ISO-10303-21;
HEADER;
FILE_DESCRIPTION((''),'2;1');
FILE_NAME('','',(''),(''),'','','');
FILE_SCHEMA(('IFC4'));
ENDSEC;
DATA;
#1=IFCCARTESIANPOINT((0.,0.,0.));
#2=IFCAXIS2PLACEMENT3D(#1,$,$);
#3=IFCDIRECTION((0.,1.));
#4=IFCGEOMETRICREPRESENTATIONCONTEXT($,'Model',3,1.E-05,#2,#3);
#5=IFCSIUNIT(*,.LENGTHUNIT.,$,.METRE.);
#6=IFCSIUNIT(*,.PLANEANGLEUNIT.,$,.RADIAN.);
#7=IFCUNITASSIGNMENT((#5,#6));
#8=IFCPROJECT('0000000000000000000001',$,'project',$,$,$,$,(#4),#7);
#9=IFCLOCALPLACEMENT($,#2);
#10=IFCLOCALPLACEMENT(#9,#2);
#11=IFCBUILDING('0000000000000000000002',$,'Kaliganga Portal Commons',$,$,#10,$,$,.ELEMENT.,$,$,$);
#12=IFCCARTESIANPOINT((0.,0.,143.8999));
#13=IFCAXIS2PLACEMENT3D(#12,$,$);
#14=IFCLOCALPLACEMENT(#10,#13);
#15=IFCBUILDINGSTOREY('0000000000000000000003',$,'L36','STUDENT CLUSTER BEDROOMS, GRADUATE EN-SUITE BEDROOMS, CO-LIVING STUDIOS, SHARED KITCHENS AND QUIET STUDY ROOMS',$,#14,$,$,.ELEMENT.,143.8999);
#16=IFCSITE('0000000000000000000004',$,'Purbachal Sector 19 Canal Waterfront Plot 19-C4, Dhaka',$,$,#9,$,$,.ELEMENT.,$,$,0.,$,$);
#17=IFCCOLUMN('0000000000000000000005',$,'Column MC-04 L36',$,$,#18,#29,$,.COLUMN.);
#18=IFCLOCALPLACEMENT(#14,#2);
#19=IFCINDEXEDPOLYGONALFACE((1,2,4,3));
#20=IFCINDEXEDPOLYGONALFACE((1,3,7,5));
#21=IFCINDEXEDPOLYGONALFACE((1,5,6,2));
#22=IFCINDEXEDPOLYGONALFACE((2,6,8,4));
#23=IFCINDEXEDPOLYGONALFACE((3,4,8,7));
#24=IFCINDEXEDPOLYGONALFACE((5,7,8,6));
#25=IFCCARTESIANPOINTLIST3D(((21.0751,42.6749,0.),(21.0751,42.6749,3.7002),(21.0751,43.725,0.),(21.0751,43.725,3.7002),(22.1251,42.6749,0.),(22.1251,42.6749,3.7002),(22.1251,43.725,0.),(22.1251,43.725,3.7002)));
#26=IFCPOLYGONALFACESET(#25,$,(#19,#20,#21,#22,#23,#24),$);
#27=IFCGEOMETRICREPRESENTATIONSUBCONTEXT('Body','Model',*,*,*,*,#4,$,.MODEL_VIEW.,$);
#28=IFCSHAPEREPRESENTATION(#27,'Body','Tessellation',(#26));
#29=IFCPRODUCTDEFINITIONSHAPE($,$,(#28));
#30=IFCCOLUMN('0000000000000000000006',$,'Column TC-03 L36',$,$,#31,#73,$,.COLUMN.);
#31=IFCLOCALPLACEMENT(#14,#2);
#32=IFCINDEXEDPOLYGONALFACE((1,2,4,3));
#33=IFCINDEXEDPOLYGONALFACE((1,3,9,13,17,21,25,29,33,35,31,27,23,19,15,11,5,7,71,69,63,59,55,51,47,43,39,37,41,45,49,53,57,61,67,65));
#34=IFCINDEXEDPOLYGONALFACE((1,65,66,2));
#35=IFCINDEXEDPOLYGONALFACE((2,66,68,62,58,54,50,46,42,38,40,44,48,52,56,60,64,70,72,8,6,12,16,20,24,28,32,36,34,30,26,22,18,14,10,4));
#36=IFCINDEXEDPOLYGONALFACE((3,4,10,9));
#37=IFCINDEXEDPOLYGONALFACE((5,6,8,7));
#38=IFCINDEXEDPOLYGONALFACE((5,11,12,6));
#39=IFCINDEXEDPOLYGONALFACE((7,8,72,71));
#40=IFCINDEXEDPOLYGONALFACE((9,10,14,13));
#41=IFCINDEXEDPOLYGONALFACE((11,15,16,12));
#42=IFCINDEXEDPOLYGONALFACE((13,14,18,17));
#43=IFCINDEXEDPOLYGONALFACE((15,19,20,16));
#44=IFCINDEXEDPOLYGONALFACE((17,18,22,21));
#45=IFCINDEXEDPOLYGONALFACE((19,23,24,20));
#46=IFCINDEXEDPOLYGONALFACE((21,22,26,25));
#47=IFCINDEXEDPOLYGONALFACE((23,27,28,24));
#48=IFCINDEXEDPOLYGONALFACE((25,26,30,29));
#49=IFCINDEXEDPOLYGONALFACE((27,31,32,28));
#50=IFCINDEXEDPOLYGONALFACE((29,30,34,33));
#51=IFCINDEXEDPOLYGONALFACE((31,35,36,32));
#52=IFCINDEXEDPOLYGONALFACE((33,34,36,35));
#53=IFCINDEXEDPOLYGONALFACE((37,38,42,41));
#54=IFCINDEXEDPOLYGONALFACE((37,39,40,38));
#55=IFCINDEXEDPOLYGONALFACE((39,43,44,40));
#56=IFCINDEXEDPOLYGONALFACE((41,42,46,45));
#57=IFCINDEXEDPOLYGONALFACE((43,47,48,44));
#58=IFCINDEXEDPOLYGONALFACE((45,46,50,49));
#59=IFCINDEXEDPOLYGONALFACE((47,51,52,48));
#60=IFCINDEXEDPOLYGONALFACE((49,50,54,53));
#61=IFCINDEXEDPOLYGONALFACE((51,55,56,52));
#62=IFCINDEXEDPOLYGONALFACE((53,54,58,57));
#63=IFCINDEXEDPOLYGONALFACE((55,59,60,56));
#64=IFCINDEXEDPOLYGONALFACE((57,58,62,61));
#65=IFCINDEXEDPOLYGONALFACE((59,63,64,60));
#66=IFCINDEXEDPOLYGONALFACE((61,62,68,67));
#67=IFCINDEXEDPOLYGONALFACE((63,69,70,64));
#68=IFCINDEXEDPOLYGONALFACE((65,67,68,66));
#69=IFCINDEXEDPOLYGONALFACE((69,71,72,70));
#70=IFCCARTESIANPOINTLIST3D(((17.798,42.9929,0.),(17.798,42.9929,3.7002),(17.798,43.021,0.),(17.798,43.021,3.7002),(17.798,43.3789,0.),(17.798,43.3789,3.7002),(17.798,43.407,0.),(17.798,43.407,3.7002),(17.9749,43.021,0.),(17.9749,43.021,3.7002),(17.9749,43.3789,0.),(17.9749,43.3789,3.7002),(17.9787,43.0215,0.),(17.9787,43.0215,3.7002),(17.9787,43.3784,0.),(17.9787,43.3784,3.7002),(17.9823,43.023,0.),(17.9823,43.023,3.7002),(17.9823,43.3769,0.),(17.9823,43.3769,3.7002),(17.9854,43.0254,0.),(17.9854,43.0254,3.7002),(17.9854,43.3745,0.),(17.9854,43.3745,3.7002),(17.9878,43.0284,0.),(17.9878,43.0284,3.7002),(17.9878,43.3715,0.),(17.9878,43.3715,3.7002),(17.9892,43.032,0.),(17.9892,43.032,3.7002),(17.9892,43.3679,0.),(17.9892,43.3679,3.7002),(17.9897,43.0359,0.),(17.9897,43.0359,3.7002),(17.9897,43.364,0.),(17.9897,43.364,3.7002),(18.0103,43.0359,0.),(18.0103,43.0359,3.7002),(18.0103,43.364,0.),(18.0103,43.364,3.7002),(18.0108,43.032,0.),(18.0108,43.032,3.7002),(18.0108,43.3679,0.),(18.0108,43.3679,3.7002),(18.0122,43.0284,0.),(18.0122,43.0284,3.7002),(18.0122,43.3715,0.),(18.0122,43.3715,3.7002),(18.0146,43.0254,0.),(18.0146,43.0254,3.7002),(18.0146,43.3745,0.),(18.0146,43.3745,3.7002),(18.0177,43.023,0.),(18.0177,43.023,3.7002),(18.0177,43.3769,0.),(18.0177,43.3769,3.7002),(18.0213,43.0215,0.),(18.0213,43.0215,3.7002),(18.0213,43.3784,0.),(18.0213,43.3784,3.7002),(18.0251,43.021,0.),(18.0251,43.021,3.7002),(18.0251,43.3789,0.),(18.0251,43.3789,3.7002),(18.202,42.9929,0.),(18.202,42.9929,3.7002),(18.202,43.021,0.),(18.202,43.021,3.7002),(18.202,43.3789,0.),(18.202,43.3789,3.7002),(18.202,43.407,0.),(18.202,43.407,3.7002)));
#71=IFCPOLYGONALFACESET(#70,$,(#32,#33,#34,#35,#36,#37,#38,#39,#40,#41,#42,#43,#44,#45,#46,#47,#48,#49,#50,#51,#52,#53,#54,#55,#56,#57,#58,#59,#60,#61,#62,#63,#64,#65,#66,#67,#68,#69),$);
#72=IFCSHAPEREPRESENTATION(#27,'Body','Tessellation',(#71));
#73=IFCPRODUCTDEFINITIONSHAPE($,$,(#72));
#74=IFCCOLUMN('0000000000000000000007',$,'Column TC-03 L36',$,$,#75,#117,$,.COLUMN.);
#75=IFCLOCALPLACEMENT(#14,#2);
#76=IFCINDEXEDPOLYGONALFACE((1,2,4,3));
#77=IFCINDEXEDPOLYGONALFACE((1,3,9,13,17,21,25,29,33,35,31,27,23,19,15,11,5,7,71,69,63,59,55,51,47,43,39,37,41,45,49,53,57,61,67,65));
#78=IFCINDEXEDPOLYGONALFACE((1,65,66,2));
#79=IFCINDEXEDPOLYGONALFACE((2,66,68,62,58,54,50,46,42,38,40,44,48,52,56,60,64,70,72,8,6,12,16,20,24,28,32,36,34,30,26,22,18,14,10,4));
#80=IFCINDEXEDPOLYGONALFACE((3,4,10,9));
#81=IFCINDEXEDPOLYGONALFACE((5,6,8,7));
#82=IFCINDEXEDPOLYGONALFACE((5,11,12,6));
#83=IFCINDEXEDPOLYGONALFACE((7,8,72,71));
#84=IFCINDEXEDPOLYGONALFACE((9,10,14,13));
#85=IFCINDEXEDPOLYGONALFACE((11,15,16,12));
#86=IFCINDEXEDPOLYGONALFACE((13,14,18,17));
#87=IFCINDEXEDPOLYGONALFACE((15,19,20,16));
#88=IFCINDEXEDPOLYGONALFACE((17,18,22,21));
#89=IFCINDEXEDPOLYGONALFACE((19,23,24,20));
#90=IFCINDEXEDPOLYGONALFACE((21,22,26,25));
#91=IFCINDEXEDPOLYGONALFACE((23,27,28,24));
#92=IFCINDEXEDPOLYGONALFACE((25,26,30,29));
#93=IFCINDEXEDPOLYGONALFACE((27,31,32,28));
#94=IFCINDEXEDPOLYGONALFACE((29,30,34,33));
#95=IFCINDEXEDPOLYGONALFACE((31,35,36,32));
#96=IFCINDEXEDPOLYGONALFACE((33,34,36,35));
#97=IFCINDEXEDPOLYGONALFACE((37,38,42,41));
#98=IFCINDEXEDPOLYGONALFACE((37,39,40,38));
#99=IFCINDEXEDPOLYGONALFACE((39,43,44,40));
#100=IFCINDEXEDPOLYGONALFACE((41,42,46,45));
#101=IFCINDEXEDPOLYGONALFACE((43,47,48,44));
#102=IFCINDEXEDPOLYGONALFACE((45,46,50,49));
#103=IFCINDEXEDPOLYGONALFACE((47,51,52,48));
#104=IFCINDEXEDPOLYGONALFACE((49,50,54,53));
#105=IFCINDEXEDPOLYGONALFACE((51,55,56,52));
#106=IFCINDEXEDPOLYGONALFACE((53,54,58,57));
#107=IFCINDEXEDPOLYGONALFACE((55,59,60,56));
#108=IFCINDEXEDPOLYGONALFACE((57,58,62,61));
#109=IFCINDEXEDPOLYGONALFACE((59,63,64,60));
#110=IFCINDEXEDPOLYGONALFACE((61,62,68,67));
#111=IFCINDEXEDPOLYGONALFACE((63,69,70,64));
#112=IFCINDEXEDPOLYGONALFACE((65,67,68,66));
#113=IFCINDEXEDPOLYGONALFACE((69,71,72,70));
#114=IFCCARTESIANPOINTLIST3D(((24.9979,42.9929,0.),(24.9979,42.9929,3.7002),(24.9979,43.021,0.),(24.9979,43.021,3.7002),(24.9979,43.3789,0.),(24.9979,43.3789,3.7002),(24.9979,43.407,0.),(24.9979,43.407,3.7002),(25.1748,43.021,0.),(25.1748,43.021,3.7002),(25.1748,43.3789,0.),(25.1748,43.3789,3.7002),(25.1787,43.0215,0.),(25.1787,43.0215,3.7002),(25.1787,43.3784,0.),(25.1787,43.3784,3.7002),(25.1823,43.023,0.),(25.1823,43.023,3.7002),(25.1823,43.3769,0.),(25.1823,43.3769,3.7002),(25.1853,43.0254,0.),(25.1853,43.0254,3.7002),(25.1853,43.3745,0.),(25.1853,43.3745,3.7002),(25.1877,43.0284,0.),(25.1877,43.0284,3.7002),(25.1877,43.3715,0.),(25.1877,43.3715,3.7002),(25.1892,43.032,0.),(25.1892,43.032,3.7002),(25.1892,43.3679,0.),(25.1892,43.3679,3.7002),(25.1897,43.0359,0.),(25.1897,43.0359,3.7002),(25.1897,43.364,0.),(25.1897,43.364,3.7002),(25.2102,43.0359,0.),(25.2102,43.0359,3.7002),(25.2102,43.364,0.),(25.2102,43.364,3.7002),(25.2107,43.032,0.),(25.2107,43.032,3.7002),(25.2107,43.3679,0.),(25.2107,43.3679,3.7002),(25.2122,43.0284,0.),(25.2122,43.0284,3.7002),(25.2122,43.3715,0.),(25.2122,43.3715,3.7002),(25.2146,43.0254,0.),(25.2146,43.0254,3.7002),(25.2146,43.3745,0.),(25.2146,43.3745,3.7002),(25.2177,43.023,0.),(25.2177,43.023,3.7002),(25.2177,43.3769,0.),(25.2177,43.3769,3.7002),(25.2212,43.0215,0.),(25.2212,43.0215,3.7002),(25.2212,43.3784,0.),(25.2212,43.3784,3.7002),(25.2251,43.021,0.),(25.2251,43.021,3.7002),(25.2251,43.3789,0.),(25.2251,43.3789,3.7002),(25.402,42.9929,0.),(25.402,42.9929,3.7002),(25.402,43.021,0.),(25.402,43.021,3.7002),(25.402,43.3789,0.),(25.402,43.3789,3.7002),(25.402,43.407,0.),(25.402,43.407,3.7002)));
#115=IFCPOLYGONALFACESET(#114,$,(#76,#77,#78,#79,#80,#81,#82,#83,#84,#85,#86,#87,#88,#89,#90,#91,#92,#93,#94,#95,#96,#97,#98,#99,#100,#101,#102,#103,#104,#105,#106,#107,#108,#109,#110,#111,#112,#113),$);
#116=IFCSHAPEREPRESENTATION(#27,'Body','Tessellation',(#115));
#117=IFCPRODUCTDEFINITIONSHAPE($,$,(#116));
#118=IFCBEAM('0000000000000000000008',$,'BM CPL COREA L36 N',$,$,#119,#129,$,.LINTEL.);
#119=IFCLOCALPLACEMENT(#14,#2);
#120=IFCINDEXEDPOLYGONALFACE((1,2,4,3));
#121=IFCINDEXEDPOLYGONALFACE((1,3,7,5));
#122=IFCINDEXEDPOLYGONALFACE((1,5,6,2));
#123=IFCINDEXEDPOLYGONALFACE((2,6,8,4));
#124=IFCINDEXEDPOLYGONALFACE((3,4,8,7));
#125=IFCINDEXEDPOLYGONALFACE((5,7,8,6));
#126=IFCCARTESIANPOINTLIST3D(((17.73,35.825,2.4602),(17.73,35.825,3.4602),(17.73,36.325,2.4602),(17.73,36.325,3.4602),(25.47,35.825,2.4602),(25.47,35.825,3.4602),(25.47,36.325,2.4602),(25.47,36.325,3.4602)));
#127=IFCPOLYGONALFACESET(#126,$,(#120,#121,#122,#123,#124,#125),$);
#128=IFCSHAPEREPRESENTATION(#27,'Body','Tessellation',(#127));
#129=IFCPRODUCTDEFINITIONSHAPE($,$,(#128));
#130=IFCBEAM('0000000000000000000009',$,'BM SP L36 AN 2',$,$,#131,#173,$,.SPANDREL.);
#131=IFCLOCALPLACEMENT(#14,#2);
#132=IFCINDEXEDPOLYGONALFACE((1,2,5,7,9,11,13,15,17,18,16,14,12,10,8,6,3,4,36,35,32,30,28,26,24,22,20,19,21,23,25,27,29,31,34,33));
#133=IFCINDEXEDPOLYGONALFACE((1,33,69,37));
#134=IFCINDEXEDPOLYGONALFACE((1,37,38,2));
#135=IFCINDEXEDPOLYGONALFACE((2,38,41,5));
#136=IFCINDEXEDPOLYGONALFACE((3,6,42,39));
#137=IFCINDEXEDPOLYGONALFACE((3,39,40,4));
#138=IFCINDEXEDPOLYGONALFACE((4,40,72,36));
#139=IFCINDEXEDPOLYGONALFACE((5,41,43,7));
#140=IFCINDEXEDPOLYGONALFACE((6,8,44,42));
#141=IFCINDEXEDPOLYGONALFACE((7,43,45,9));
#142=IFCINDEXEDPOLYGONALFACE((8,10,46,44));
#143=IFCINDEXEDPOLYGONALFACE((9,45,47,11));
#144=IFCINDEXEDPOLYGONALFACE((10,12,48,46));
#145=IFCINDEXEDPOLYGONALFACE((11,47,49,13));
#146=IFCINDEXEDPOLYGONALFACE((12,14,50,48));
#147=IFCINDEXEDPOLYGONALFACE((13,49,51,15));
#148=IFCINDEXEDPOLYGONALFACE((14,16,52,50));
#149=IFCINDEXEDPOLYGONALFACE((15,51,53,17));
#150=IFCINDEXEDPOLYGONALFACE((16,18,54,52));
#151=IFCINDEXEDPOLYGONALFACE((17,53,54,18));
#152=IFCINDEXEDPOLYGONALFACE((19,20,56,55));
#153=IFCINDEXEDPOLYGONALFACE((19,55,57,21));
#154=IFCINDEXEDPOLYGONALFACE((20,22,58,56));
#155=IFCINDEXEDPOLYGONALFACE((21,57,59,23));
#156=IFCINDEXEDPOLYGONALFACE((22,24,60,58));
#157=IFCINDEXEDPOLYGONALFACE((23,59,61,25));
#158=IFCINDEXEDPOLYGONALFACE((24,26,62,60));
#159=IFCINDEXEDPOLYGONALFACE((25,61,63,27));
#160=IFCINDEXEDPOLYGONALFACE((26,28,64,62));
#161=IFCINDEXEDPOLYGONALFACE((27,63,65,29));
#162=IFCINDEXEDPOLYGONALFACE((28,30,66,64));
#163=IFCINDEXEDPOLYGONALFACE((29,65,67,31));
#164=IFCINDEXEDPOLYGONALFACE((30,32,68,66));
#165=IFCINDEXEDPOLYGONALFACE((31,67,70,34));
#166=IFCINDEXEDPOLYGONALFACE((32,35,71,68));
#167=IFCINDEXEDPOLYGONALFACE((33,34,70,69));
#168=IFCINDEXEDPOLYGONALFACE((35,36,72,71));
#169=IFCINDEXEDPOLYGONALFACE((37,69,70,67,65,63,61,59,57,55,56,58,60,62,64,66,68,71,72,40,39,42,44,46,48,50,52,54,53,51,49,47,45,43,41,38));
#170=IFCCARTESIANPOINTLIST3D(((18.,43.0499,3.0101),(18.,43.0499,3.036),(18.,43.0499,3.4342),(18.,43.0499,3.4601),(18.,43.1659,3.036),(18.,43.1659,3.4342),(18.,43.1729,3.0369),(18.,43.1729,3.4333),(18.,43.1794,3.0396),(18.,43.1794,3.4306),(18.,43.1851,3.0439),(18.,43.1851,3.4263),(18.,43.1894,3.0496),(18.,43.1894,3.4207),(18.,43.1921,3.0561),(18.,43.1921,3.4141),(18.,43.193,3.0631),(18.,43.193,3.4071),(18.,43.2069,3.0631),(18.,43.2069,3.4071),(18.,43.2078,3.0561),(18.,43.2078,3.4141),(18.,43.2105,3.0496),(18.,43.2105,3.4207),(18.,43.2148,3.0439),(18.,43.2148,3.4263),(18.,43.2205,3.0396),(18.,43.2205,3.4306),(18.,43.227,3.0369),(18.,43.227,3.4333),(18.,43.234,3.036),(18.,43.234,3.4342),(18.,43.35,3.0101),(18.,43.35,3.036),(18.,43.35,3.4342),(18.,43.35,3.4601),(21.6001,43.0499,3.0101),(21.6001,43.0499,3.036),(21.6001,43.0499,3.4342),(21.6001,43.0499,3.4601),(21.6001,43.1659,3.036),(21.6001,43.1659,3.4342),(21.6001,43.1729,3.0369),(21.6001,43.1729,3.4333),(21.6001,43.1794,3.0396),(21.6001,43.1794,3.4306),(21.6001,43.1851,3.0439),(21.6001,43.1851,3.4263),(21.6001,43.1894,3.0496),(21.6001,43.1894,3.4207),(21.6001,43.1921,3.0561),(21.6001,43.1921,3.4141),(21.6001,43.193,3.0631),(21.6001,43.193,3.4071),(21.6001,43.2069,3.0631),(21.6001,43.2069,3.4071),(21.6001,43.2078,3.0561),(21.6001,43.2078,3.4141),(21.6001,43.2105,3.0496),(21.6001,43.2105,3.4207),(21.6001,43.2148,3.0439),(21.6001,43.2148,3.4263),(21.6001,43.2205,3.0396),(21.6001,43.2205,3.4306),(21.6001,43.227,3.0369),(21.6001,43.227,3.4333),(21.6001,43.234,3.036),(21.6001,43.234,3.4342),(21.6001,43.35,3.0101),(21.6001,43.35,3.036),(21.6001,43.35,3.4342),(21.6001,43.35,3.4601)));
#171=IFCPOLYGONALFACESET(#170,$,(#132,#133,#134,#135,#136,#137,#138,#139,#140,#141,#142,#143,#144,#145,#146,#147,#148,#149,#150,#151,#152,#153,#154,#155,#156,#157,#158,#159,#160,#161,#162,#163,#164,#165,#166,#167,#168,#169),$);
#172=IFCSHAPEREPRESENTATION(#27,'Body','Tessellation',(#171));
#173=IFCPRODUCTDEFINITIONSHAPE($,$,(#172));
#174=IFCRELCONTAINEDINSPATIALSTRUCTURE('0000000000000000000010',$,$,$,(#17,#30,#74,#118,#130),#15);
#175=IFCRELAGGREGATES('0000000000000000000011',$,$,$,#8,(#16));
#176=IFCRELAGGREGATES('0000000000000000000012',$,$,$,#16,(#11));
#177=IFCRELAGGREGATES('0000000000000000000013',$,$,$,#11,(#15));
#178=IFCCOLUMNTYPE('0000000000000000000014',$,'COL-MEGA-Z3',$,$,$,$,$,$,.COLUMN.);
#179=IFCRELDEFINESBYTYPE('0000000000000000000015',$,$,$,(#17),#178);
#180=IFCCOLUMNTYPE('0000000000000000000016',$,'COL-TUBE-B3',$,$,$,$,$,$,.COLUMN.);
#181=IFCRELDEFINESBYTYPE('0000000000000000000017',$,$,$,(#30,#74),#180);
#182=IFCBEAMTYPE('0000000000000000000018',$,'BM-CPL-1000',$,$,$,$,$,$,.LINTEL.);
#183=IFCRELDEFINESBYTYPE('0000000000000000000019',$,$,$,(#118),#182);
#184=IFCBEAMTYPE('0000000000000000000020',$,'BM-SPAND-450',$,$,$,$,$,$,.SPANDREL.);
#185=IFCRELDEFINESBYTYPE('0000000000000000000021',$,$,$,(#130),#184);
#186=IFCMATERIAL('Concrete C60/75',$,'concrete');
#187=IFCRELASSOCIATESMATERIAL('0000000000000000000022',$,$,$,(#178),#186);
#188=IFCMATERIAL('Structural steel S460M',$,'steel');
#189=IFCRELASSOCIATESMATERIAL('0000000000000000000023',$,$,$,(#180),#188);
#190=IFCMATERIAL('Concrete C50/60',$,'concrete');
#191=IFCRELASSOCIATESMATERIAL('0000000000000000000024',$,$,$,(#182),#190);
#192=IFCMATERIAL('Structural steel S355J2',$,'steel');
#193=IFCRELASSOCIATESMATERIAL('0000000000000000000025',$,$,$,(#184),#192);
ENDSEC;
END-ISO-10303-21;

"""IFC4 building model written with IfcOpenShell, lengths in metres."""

from ifc_helpers import new_model, si_unit, direction, frame, origin, origin_2d, place, context, subcontext, project, spatial, rectangle, i_section, extrude, source, transform, mapped, material, material_profile, profile_set, type_object, element, save


model = new_model("IFC4")

# Units and contexts
model_context = context("Model", 3, precision=1e-05, world=origin(), true_north=direction((0.0, 1.0)))
body_context = subcontext(model_context, "Body", "Model", "MODEL_VIEW")
ifc_project = project(units=[si_unit("LENGTHUNIT", "METRE"), si_unit("PLANEANGLEUNIT", "RADIAN")], contexts=[model_context])

# Site, building, storey
site_placement = place(None, origin())
site = spatial("IfcSite", under=ifc_project, at=site_placement, Name="Purbachal Sector 19 Canal Waterfront Plot 19-C4, Dhaka", CompositionType="ELEMENT", RefElevation=0.0)
building_placement = place(site_placement, origin())
building = spatial("IfcBuilding", under=site, at=building_placement, Name="Kaliganga Portal Commons", CompositionType="ELEMENT")
storey_placement = place(building_placement, frame((0.0, 0.0, 143.8999)))
storey = spatial("IfcBuildingStorey", under=building, at=storey_placement, Name="L36", Description="STUDENT CLUSTER BEDROOMS, GRADUATE EN-SUITE BEDROOMS, CO-LIVING STUDIOS, SHARED KITCHENS AND QUIET STUDY ROOMS", CompositionType="ELEMENT", Elevation=143.8999)

# Columns
ifc_material_1 = material(Name="Concrete C60/75", Category="concrete")
ifc_material_profile_1 = material_profile(ifc_material_1, rectangle(XDim=1.05, YDim=1.05, at=origin_2d()), Name="RC 1050x1050")
ifc_profile_set_1 = profile_set([ifc_material_profile_1], Name="Concrete C60/75")
column_type_1 = type_object("IfcColumnType", Name="COL-MEGA-Z3", PredefinedType="COLUMN", material=ifc_profile_set_1)
shared_shape_1 = source(origin(), body_context, "Body", "SweptSolid", [
    extrude(rectangle(XDim=1.05, YDim=1.05, at=origin_2d()), origin(), (0.0, 0.0, 1.0), 3.7002),
])
column_placement = place(storey_placement, frame((21.6001, 43.2, 0.0), z_axis=(0.0, 0.0, 1.0), x_axis=(1.0, 0.0, 0.0)))
element("IfcColumn", 1, at=column_placement, inside=storey, type_object=column_type_1, Name="Column MC-04 L36", PredefinedType="COLUMN", context=body_context, shape_type="MappedRepresentation", body=[
    mapped(shared_shape_1, transform((0.0, 0.0, 0.0), x_axis=(1.0, 0.0, 0.0), y_axis=(0.0, 1.0, 0.0), z_axis=(0.0, 0.0, 1.0), scale=1.0)),
])
ifc_material_2 = material(Name="Structural steel S460M", Category="steel")
ifc_material_profile_2 = material_profile(ifc_material_2, i_section(OverallWidth=0.4041, OverallDepth=0.4141, WebThickness=0.0205, FlangeThickness=0.0281, FilletRadius=0.0149, at=origin_2d()), Name="HD 400x347")
ifc_profile_set_2 = profile_set([ifc_material_profile_2], Name="Structural steel S460M wide-flange")
column_type_2 = type_object("IfcColumnType", Name="COL-TUBE-B3", PredefinedType="COLUMN", material=ifc_profile_set_2)
shared_shape_2 = source(origin(), body_context, "Body", "SweptSolid", [
    extrude(i_section(OverallWidth=0.4041, OverallDepth=0.4141, WebThickness=0.0205, FlangeThickness=0.0281, FilletRadius=0.0149, at=origin_2d()), origin(), (0.0, 0.0, 1.0), 3.7002),
])
for number, where, z_axis, x_axis, name in (
    (2, (18.0, 43.2, 0.0), (0.0, 0.0, 1.0), (1.0, 0.0, 0.0), "Column TC-03 L36"),
    (3, (25.2, 43.2, 0.0), (0.0, 0.0, 1.0), (1.0, 0.0, 0.0), "Column TC-03 L36"),
):
    element("IfcColumn", number, at=place(storey_placement, frame(where, z_axis=z_axis, x_axis=x_axis)), inside=storey, type_object=column_type_2, Name=name, PredefinedType="COLUMN", context=body_context, shape_type="MappedRepresentation", body=[
        mapped(shared_shape_2, transform((0.0, 0.0, 0.0), x_axis=(1.0, 0.0, 0.0), y_axis=(0.0, 1.0, 0.0), z_axis=(0.0, 0.0, 1.0), scale=1.0)),
    ])

# Beams
ifc_material_3 = material(Name="Concrete C50/60", Category="concrete")
ifc_material_profile_3 = material_profile(ifc_material_3, rectangle(XDim=0.5, YDim=1.0, at=origin_2d()), Name="RC 500x1000")
ifc_profile_set_3 = profile_set([ifc_material_profile_3], Name="Concrete C50/60")
beam_type_1 = type_object("IfcBeamType", Name="BM-CPL-1000", PredefinedType="LINTEL", material=ifc_profile_set_3)
shared_shape_3 = source(origin(), body_context, "Body", "SweptSolid", [
    extrude(rectangle(XDim=0.5, YDim=1.0, at=origin_2d()), origin(), (0.0, 0.0, 1.0), 7.74),
])
beam_1_placement = place(storey_placement, frame((17.73, 36.075, 2.9602), z_axis=(1.0, 0.0, 0.0), x_axis=(0.0, 1.0, 0.0)))
element("IfcBeam", 4, at=beam_1_placement, inside=storey, type_object=beam_type_1, Name="BM CPL COREA L36 N", PredefinedType="LINTEL", context=body_context, shape_type="MappedRepresentation", body=[
    mapped(shared_shape_3, transform((0.0, 0.0, 0.0), x_axis=(1.0, 0.0, 0.0), y_axis=(0.0, 1.0, 0.0), z_axis=(0.0, 0.0, 1.0), scale=1.0)),
])
ifc_material_4 = material(Name="Structural steel S355J2", Category="steel")
ifc_material_profile_4 = material_profile(ifc_material_4, i_section(OverallWidth=0.3, OverallDepth=0.45, WebThickness=0.0139, FlangeThickness=0.0259, FilletRadius=0.0271, at=origin_2d()), Name="HE 450 B")
ifc_profile_set_4 = profile_set([ifc_material_profile_4], Name="Structural steel S355J2 wide-flange")
beam_type_2 = type_object("IfcBeamType", Name="BM-SPAND-450", PredefinedType="SPANDREL", material=ifc_profile_set_4)
shared_shape_4 = source(origin(), body_context, "Body", "SweptSolid", [
    extrude(i_section(OverallWidth=0.3, OverallDepth=0.45, WebThickness=0.0139, FlangeThickness=0.0259, FilletRadius=0.0271, at=origin_2d()), origin(), (0.0, 0.0, 1.0), 3.6001),
])
for number, where, z_axis, x_axis, name in (
    (5, (18.0, 43.2, 3.2351), (1.0, 0.0, 0.0), (0.0, 1.0, 0.0), "BM SP L36 AN 2"),
):
    element("IfcBeam", number, at=place(storey_placement, frame(where, z_axis=z_axis, x_axis=x_axis)), inside=storey, type_object=beam_type_2, Name=name, PredefinedType="SPANDREL", context=body_context, shape_type="MappedRepresentation", body=[
        mapped(shared_shape_4, transform((0.0, 0.0, 0.0), x_axis=(1.0, 0.0, 0.0), y_axis=(0.0, 1.0, 0.0), z_axis=(0.0, 0.0, 1.0), scale=1.0)),
    ])

save(model, "model.ifc")
